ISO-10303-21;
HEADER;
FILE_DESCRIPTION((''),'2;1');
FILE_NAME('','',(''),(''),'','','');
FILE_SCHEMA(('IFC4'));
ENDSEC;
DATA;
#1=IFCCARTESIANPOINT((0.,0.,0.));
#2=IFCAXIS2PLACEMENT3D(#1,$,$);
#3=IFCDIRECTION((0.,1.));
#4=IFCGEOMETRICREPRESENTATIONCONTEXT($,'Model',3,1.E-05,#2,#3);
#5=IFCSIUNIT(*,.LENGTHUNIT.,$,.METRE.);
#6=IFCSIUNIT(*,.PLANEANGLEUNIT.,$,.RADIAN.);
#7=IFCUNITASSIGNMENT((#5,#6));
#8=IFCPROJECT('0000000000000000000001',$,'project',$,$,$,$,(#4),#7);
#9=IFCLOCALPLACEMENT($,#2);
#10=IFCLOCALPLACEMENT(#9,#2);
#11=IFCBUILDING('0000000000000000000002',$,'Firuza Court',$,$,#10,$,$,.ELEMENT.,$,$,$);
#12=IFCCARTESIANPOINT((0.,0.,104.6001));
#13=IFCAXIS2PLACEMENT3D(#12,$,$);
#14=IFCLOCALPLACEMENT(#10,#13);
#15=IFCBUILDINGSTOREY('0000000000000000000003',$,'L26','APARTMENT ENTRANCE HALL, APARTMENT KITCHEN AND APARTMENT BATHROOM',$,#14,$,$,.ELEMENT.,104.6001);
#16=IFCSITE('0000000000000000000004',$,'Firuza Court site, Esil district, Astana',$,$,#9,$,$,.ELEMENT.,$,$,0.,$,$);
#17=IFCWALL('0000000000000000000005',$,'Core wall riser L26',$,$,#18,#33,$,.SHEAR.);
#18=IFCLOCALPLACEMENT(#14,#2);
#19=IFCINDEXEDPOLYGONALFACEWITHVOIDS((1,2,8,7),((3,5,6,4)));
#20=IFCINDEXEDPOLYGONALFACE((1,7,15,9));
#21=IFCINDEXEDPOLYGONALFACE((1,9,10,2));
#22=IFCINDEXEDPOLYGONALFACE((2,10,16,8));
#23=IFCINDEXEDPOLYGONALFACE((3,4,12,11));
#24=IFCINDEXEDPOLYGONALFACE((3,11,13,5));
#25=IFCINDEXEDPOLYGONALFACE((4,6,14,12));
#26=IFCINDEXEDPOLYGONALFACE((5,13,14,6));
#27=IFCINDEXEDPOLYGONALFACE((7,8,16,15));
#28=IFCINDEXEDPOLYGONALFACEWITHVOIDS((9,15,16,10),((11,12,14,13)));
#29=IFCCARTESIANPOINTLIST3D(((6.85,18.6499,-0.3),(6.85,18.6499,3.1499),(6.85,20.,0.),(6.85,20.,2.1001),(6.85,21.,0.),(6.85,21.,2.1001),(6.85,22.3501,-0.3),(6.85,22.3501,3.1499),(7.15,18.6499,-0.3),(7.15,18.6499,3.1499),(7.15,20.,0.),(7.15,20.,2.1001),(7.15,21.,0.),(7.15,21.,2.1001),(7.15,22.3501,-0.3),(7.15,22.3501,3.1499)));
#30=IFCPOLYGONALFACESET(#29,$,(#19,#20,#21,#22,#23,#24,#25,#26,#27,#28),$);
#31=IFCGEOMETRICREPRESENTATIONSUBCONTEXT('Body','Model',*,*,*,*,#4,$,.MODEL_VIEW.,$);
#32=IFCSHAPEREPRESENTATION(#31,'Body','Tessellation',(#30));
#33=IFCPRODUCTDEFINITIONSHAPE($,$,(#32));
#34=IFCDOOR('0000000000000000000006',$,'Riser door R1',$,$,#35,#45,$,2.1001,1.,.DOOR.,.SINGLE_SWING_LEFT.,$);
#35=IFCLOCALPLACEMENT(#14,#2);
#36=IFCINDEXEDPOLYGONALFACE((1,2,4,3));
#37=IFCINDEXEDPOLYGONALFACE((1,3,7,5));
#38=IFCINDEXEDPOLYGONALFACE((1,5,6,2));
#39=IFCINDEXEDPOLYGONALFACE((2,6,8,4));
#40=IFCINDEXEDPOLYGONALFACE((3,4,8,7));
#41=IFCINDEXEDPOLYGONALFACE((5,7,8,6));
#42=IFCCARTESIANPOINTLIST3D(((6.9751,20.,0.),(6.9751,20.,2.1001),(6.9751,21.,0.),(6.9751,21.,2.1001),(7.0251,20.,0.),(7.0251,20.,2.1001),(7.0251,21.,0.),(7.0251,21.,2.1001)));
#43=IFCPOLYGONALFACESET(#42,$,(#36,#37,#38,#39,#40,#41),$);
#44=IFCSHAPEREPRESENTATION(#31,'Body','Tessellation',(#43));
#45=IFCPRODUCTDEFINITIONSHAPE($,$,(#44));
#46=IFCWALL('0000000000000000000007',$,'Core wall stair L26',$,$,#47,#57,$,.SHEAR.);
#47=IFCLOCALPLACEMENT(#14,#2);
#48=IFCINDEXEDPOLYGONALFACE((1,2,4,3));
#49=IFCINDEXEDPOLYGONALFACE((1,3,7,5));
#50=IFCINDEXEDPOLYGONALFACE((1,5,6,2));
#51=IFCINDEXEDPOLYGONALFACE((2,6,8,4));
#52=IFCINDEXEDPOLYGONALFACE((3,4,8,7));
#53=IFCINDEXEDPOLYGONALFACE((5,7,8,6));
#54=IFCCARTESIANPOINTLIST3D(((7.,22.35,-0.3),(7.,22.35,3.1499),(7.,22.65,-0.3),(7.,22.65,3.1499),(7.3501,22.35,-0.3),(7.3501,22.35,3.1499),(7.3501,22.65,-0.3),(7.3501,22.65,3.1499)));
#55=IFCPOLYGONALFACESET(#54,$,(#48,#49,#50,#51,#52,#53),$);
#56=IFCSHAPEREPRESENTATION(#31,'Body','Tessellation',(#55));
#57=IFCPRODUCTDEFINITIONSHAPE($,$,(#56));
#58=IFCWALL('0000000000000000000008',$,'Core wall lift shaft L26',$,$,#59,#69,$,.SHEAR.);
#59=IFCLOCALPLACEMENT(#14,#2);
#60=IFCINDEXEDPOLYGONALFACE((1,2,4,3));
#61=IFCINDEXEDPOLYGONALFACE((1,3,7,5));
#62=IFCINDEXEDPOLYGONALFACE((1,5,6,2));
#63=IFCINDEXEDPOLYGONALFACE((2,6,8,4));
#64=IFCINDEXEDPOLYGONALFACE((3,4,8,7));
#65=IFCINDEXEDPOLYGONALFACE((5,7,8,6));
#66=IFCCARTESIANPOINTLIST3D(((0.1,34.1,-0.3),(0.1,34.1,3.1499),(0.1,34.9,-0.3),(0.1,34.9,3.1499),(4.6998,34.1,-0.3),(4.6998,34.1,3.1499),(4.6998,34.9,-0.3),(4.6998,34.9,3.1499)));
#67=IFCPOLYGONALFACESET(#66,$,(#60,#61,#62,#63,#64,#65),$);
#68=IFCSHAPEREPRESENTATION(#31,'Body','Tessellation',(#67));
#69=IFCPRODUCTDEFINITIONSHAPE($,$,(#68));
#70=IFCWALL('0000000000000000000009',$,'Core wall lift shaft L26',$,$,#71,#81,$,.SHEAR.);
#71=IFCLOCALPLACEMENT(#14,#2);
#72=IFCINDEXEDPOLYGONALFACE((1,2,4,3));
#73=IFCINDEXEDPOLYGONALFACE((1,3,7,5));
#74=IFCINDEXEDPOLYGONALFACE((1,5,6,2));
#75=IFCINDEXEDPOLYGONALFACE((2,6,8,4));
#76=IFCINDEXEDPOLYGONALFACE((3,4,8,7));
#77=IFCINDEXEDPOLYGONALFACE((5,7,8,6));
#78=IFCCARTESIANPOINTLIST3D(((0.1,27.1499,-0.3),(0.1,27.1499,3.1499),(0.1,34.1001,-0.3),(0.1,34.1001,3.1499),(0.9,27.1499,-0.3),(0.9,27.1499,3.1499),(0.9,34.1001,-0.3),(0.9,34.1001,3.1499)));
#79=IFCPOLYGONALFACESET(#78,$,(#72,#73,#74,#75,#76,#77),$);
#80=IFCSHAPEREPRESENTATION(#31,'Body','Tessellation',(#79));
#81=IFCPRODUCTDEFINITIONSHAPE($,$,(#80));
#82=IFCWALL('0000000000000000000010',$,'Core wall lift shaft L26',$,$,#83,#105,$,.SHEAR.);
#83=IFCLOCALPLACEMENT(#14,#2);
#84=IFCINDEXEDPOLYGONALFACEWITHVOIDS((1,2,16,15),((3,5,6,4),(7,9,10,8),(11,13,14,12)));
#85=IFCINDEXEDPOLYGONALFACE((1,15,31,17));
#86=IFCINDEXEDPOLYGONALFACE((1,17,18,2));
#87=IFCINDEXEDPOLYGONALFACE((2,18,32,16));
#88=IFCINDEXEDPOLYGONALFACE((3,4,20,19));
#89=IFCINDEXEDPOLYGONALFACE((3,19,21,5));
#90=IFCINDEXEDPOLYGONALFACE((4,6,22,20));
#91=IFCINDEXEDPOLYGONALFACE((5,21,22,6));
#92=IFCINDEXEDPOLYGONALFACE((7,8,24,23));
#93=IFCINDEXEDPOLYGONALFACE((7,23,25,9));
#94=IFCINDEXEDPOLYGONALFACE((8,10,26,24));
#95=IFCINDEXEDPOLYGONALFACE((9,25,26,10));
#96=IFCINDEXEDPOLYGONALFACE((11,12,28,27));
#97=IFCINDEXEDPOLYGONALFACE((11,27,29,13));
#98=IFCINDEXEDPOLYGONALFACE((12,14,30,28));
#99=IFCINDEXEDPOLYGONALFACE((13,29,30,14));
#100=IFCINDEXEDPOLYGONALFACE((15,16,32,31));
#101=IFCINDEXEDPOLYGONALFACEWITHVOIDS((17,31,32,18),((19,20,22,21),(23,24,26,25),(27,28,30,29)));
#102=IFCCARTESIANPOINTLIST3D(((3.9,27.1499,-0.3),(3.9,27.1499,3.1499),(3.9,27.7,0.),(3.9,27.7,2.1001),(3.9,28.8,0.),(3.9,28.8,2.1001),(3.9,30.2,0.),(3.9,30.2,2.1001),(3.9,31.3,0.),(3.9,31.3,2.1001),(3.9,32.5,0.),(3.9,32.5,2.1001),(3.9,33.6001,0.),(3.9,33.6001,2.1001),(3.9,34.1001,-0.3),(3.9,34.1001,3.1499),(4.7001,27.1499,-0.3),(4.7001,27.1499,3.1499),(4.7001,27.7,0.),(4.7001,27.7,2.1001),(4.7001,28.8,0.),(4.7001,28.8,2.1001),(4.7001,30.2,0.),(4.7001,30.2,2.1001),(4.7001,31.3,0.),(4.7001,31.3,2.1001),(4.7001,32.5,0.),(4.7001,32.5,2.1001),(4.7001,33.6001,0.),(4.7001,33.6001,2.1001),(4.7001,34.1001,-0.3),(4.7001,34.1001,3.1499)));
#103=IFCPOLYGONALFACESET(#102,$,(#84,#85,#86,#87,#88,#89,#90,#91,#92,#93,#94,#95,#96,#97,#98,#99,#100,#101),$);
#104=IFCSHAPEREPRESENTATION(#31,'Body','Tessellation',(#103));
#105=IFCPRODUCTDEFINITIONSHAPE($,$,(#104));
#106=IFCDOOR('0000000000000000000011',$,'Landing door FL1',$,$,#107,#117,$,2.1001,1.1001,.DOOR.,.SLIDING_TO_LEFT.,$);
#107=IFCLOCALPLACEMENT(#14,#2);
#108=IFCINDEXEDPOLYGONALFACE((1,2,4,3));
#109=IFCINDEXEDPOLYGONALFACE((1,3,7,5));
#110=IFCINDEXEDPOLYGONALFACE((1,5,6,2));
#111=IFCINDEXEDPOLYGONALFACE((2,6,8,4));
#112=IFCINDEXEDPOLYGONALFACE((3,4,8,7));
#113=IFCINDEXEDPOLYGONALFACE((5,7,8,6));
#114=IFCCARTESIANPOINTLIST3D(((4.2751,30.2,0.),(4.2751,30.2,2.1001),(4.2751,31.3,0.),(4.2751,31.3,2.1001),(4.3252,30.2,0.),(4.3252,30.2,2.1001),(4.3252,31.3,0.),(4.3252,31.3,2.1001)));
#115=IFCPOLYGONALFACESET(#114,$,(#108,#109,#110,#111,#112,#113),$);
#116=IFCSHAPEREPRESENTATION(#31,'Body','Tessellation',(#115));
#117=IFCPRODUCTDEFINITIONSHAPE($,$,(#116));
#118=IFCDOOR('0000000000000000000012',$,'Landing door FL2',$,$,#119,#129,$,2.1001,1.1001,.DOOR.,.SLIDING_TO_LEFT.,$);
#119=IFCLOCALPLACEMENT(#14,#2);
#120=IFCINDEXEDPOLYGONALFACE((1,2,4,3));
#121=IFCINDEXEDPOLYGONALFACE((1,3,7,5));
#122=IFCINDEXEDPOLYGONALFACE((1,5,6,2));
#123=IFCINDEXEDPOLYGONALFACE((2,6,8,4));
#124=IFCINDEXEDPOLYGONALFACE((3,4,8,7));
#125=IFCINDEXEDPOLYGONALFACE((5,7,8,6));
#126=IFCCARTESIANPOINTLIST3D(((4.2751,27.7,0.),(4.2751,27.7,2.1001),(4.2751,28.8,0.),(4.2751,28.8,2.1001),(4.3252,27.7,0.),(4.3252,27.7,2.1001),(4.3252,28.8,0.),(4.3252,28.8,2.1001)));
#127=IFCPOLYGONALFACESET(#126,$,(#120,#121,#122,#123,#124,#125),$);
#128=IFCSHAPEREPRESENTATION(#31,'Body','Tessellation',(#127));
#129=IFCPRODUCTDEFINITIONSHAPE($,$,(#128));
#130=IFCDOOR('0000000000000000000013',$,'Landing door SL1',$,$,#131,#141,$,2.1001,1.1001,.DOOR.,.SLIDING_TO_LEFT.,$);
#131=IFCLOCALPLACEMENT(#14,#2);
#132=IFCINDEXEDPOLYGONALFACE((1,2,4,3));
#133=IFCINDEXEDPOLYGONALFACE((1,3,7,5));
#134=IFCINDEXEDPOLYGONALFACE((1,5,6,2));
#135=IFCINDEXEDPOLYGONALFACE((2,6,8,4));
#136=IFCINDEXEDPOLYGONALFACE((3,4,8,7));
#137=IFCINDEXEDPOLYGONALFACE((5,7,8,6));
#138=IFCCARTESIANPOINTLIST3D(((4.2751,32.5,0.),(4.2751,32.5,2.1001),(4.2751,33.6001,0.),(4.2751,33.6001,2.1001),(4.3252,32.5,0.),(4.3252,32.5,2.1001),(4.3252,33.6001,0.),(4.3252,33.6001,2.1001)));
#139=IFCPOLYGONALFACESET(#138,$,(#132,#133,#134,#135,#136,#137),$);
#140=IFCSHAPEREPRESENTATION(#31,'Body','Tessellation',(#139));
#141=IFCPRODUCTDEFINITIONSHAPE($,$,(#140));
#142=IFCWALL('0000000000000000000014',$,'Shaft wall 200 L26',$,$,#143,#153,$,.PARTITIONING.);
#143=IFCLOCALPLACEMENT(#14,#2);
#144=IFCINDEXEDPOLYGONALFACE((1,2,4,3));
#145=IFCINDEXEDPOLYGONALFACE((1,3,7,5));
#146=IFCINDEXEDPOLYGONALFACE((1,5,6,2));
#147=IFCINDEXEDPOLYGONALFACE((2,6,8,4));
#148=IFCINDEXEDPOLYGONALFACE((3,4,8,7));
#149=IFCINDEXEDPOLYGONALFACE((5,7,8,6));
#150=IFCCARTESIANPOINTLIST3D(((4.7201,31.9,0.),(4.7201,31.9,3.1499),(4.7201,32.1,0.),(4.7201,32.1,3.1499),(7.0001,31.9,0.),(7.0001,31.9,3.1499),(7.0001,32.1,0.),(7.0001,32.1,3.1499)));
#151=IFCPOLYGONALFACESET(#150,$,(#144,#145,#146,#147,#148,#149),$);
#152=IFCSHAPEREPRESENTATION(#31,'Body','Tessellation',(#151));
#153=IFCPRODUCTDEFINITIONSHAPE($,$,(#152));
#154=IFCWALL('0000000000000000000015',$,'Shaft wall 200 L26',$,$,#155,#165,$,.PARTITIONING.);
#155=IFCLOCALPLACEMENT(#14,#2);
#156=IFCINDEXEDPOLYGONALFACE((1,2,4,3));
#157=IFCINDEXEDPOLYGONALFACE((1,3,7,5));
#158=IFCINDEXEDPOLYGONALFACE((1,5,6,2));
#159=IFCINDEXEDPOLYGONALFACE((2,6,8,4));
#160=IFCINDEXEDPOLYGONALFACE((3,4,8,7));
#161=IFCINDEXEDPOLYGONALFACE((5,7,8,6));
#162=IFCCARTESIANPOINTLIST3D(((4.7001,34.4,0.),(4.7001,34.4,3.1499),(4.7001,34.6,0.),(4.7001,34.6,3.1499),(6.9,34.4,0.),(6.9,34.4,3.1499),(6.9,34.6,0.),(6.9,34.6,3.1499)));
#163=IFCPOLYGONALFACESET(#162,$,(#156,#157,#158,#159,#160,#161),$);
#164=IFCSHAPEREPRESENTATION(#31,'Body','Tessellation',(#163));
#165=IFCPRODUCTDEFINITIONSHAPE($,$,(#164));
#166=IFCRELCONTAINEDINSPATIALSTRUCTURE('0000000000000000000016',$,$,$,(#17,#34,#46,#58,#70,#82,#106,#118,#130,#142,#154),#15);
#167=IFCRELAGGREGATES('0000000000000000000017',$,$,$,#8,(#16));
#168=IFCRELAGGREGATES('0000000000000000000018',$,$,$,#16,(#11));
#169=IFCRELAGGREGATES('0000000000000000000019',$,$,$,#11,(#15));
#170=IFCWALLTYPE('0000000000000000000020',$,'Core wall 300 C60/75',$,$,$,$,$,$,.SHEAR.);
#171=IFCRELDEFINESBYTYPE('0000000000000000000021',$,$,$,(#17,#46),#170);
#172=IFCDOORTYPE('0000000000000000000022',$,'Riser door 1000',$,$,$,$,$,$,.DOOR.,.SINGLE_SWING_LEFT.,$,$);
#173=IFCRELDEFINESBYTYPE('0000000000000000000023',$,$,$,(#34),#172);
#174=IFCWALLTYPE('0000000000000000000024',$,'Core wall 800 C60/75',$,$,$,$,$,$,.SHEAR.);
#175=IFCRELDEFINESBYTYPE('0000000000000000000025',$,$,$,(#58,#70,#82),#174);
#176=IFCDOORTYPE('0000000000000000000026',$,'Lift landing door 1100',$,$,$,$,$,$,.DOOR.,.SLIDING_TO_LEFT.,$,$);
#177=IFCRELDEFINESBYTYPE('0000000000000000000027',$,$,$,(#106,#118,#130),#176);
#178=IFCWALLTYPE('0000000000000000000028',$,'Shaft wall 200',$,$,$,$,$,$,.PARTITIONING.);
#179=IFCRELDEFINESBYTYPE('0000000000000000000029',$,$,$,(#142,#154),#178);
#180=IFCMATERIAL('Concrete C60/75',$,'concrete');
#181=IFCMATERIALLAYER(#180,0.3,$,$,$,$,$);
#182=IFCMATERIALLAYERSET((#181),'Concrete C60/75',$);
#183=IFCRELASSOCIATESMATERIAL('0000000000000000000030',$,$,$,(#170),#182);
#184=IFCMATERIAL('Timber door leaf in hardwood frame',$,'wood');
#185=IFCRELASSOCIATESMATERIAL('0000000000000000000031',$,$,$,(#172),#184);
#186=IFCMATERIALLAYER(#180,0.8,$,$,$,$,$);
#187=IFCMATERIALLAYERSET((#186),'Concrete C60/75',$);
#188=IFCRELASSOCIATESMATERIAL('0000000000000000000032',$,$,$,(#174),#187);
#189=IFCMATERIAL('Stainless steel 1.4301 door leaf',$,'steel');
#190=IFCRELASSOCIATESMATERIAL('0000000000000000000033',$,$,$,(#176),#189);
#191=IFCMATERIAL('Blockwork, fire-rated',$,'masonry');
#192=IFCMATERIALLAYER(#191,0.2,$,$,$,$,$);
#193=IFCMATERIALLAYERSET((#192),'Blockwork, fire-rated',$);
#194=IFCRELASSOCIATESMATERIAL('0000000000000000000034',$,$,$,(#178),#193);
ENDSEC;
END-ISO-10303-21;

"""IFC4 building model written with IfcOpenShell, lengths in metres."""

from ifc_helpers import new_model, si_unit, direction, frame, frame_2d, origin, place, context, subcontext, project, spatial, rectangle, extrude, material, layer, layer_set, type_object, element, fill, save


model = new_model("IFC4")

# Units and contexts
model_context = context("Model", 3, precision=1e-05, world=origin(), true_north=direction((0.0, 1.0)))
body_context = subcontext(model_context, "Body", "Model", "MODEL_VIEW")
ifc_project = project(units=[si_unit("LENGTHUNIT", "METRE"), si_unit("PLANEANGLEUNIT", "RADIAN")], contexts=[model_context])

# Site, building, storey
site_placement = place(None, origin())
site = spatial("IfcSite", under=ifc_project, at=site_placement, Name="Firuza Court site, Esil district, Astana", CompositionType="ELEMENT", RefElevation=0.0)
building_placement = place(site_placement, origin())
building = spatial("IfcBuilding", under=site, at=building_placement, Name="Firuza Court", CompositionType="ELEMENT")
storey_placement = place(building_placement, frame((0.0, 0.0, 104.6001)))
storey = spatial("IfcBuildingStorey", under=building, at=storey_placement, Name="L26", Description="APARTMENT ENTRANCE HALL, APARTMENT KITCHEN AND APARTMENT BATHROOM", CompositionType="ELEMENT", Elevation=104.6001)

# Shared definitions
ifc_material_1 = material(Name="Concrete C60/75", Category="concrete")
ifc_layer_1 = layer(ifc_material_1, 0.3)
ifc_layer_set_1 = layer_set([ifc_layer_1], Name="Concrete C60/75")
wall_type_1 = type_object("IfcWallType", Name="Core wall 300 C60/75", PredefinedType="SHEAR", material=ifc_layer_set_1)

# Wall, opening, door
wall_1_placement = place(storey_placement, frame((7.0, 18.6499, -0.3), z_axis=(0.0, 0.0, 1.0), x_axis=(0.0, 1.0, 0.0)))
wall_1 = element("IfcWall", 1, at=wall_1_placement, inside=storey, type_object=wall_type_1, Name="Core wall riser L26", PredefinedType="SHEAR", context=body_context, shape_type="SweptSolid", body=[
    extrude(rectangle(XDim=3.7002, YDim=0.3, at=frame_2d((1.8501, 0.0))), origin(), (0.0, 0.0, 1.0), 3.45),
])
opening_1_placement = place(wall_1_placement, frame((1.3501, 0.0, 0.3)))
opening_1 = element("IfcOpeningElement", 2, at=opening_1_placement, cuts=wall_1, PredefinedType="OPENING", context=body_context, shape_type="SweptSolid", body=[
    extrude(rectangle(XDim=1.0, YDim=2.1001, at=frame_2d((0.5, 1.05))), frame((0.0, 0.1621, 0.0), z_axis=(0.0, -1.0, 0.0), x_axis=(1.0, 0.0, 0.0)), (0.0, 0.0, 1.0), 0.324),
])
ifc_material_2 = material(Name="Timber door leaf in hardwood frame", Category="wood")
door_type_1 = type_object("IfcDoorType", Name="Riser door 1000", OperationType="SINGLE_SWING_LEFT", PredefinedType="DOOR", material=ifc_material_2)
door_1_placement = place(opening_1_placement, origin())
door_1 = element("IfcDoor", 3, at=door_1_placement, inside=storey, type_object=door_type_1, Name="Riser door R1", OperationType="SINGLE_SWING_LEFT", OverallHeight=2.1001, OverallWidth=1.0, PredefinedType="DOOR", context=body_context, shape_type="SweptSolid", body=[
    extrude(rectangle(XDim=1.0, YDim=2.1001, at=frame_2d((0.5, 1.05))), frame((0.0, 0.0249, 0.0), z_axis=(0.0, -1.0, 0.0), x_axis=(1.0, 0.0, 0.0)), (0.0, 0.0, 1.0), 0.05),
])
fill(opening_1, door_1)

# Walls
wall_2_placement = place(storey_placement, frame((7.0, 22.5, -0.3), z_axis=(0.0, 0.0, 1.0), x_axis=(1.0, 0.0, 0.0)))
element("IfcWall", 4, at=wall_2_placement, inside=storey, type_object=wall_type_1, Name="Core wall stair L26", PredefinedType="SHEAR", context=body_context, shape_type="SweptSolid", body=[
    extrude(rectangle(XDim=0.3501, YDim=0.3, at=frame_2d((0.175, 0.0))), origin(), (0.0, 0.0, 1.0), 3.45),
])
ifc_layer_2 = layer(ifc_material_1, 0.8)
ifc_layer_set_2 = layer_set([ifc_layer_2], Name="Concrete C60/75")
wall_type_2 = type_object("IfcWallType", Name="Core wall 800 C60/75", PredefinedType="SHEAR", material=ifc_layer_set_2)
wall_3_placement = place(storey_placement, frame((0.1001, 34.5, -0.3), z_axis=(0.0, 0.0, 1.0), x_axis=(1.0, 0.0, 0.0)))
element("IfcWall", 5, at=wall_3_placement, inside=storey, type_object=wall_type_2, Name="Core wall lift shaft L26", PredefinedType="SHEAR", context=body_context, shape_type="SweptSolid", body=[
    extrude(rectangle(XDim=4.5999, YDim=0.8, at=frame_2d((2.2998, 0.0))), origin(), (0.0, 0.0, 1.0), 3.45),
])
wall_4_placement = place(storey_placement, frame((0.5, 27.1499, -0.3), z_axis=(0.0, 0.0, 1.0), x_axis=(0.0, 1.0, 0.0)))
element("IfcWall", 6, at=wall_4_placement, inside=storey, type_object=wall_type_2, Name="Core wall lift shaft L26", PredefinedType="SHEAR", context=body_context, shape_type="SweptSolid", body=[
    extrude(rectangle(XDim=6.9502, YDim=0.8, at=frame_2d((3.4751, 0.0))), origin(), (0.0, 0.0, 1.0), 3.45),
])

# Wall, openings, doors
wall_5_placement = place(storey_placement, frame((4.3, 27.1499, -0.3), z_axis=(0.0, 0.0, 1.0), x_axis=(0.0, 1.0, 0.0)))
wall_5 = element("IfcWall", 7, at=wall_5_placement, inside=storey, type_object=wall_type_2, Name="Core wall lift shaft L26", PredefinedType="SHEAR", context=body_context, shape_type="SweptSolid", body=[
    extrude(rectangle(XDim=6.9502, YDim=0.8, at=frame_2d((3.4751, 0.0))), origin(), (0.0, 0.0, 1.0), 3.45),
])
opening_2_placement = place(wall_5_placement, frame((3.05, 0.0, 0.3)))
opening_2 = element("IfcOpeningElement", 8, at=opening_2_placement, cuts=wall_5, PredefinedType="OPENING", context=body_context, shape_type="SweptSolid", body=[
    extrude(rectangle(XDim=1.1001, YDim=2.1001, at=frame_2d((0.55, 1.05))), frame((0.0, 0.4121, 0.0), z_axis=(0.0, -1.0, 0.0), x_axis=(1.0, 0.0, 0.0)), (0.0, 0.0, 1.0), 0.824),
])
opening_3_placement = place(wall_5_placement, frame((0.55, 0.0, 0.3)))
opening_3 = element("IfcOpeningElement", 9, at=opening_3_placement, cuts=wall_5, PredefinedType="OPENING", context=body_context, shape_type="SweptSolid", body=[
    extrude(rectangle(XDim=1.1001, YDim=2.1001, at=frame_2d((0.55, 1.05))), frame((0.0, 0.4121, 0.0), z_axis=(0.0, -1.0, 0.0), x_axis=(1.0, 0.0, 0.0)), (0.0, 0.0, 1.0), 0.824),
])
opening_4_placement = place(wall_5_placement, frame((5.3501, 0.0, 0.3)))
opening_4 = element("IfcOpeningElement", 10, at=opening_4_placement, cuts=wall_5, PredefinedType="OPENING", context=body_context, shape_type="SweptSolid", body=[
    extrude(rectangle(XDim=1.1001, YDim=2.1001, at=frame_2d((0.55, 1.05))), frame((0.0, 0.4121, 0.0), z_axis=(0.0, -1.0, 0.0), x_axis=(1.0, 0.0, 0.0)), (0.0, 0.0, 1.0), 0.824),
])
ifc_material_3 = material(Name="Stainless steel 1.4301 door leaf", Category="steel")
door_type_2 = type_object("IfcDoorType", Name="Lift landing door 1100", OperationType="SLIDING_TO_LEFT", PredefinedType="DOOR", material=ifc_material_3)
door_2_placement = place(opening_2_placement, origin())
door_2 = element("IfcDoor", 11, at=door_2_placement, inside=storey, type_object=door_type_2, Name="Landing door FL1", OperationType="SLIDING_TO_LEFT", OverallHeight=2.1001, OverallWidth=1.1001, PredefinedType="DOOR", context=body_context, shape_type="SweptSolid", body=[
    extrude(rectangle(XDim=1.1001, YDim=2.1001, at=frame_2d((0.55, 1.05))), frame((0.0, 0.0249, 0.0), z_axis=(0.0, -1.0, 0.0), x_axis=(1.0, 0.0, 0.0)), (0.0, 0.0, 1.0), 0.05),
])
fill(opening_2, door_2)
door_3_placement = place(opening_3_placement, origin())
door_3 = element("IfcDoor", 12, at=door_3_placement, inside=storey, type_object=door_type_2, Name="Landing door FL2", OperationType="SLIDING_TO_LEFT", OverallHeight=2.1001, OverallWidth=1.1001, PredefinedType="DOOR", context=body_context, shape_type="SweptSolid", body=[
    extrude(rectangle(XDim=1.1001, YDim=2.1001, at=frame_2d((0.55, 1.05))), frame((0.0, 0.0249, 0.0), z_axis=(0.0, -1.0, 0.0), x_axis=(1.0, 0.0, 0.0)), (0.0, 0.0, 1.0), 0.05),
])
fill(opening_3, door_3)
door_4_placement = place(opening_4_placement, origin())
door_4 = element("IfcDoor", 13, at=door_4_placement, inside=storey, type_object=door_type_2, Name="Landing door SL1", OperationType="SLIDING_TO_LEFT", OverallHeight=2.1001, OverallWidth=1.1001, PredefinedType="DOOR", context=body_context, shape_type="SweptSolid", body=[
    extrude(rectangle(XDim=1.1001, YDim=2.1001, at=frame_2d((0.55, 1.05))), frame((0.0, 0.0249, 0.0), z_axis=(0.0, -1.0, 0.0), x_axis=(1.0, 0.0, 0.0)), (0.0, 0.0, 1.0), 0.05),
])
fill(opening_4, door_4)

# Walls
ifc_material_4 = material(Name="Blockwork, fire-rated", Category="masonry")
ifc_layer_3 = layer(ifc_material_4, 0.2)
ifc_layer_set_3 = layer_set([ifc_layer_3], Name="Blockwork, fire-rated")
wall_type_3 = type_object("IfcWallType", Name="Shaft wall 200", PredefinedType="PARTITIONING", material=ifc_layer_set_3)
wall_6_placement = place(storey_placement, frame((4.72, 32.0, 0.0), z_axis=(0.0, 0.0, 1.0), x_axis=(1.0, 0.0, 0.0)))
element("IfcWall", 14, at=wall_6_placement, inside=storey, type_object=wall_type_3, Name="Shaft wall 200 L26", PredefinedType="PARTITIONING", context=body_context, shape_type="SweptSolid", body=[
    extrude(rectangle(XDim=2.28, YDim=0.2, at=frame_2d((1.1401, 0.0))), origin(), (0.0, 0.0, 1.0), 3.1499),
])
wall_7_placement = place(storey_placement, frame((4.7, 34.5, 0.0), z_axis=(0.0, 0.0, 1.0), x_axis=(1.0, 0.0, 0.0)))
element("IfcWall", 15, at=wall_7_placement, inside=storey, type_object=wall_type_3, Name="Shaft wall 200 L26", PredefinedType="PARTITIONING", context=body_context, shape_type="SweptSolid", body=[
    extrude(rectangle(XDim=2.2, YDim=0.2, at=frame_2d((1.1001, 0.0))), origin(), (0.0, 0.0, 1.0), 3.1499),
])

save(model, "model.ifc")
